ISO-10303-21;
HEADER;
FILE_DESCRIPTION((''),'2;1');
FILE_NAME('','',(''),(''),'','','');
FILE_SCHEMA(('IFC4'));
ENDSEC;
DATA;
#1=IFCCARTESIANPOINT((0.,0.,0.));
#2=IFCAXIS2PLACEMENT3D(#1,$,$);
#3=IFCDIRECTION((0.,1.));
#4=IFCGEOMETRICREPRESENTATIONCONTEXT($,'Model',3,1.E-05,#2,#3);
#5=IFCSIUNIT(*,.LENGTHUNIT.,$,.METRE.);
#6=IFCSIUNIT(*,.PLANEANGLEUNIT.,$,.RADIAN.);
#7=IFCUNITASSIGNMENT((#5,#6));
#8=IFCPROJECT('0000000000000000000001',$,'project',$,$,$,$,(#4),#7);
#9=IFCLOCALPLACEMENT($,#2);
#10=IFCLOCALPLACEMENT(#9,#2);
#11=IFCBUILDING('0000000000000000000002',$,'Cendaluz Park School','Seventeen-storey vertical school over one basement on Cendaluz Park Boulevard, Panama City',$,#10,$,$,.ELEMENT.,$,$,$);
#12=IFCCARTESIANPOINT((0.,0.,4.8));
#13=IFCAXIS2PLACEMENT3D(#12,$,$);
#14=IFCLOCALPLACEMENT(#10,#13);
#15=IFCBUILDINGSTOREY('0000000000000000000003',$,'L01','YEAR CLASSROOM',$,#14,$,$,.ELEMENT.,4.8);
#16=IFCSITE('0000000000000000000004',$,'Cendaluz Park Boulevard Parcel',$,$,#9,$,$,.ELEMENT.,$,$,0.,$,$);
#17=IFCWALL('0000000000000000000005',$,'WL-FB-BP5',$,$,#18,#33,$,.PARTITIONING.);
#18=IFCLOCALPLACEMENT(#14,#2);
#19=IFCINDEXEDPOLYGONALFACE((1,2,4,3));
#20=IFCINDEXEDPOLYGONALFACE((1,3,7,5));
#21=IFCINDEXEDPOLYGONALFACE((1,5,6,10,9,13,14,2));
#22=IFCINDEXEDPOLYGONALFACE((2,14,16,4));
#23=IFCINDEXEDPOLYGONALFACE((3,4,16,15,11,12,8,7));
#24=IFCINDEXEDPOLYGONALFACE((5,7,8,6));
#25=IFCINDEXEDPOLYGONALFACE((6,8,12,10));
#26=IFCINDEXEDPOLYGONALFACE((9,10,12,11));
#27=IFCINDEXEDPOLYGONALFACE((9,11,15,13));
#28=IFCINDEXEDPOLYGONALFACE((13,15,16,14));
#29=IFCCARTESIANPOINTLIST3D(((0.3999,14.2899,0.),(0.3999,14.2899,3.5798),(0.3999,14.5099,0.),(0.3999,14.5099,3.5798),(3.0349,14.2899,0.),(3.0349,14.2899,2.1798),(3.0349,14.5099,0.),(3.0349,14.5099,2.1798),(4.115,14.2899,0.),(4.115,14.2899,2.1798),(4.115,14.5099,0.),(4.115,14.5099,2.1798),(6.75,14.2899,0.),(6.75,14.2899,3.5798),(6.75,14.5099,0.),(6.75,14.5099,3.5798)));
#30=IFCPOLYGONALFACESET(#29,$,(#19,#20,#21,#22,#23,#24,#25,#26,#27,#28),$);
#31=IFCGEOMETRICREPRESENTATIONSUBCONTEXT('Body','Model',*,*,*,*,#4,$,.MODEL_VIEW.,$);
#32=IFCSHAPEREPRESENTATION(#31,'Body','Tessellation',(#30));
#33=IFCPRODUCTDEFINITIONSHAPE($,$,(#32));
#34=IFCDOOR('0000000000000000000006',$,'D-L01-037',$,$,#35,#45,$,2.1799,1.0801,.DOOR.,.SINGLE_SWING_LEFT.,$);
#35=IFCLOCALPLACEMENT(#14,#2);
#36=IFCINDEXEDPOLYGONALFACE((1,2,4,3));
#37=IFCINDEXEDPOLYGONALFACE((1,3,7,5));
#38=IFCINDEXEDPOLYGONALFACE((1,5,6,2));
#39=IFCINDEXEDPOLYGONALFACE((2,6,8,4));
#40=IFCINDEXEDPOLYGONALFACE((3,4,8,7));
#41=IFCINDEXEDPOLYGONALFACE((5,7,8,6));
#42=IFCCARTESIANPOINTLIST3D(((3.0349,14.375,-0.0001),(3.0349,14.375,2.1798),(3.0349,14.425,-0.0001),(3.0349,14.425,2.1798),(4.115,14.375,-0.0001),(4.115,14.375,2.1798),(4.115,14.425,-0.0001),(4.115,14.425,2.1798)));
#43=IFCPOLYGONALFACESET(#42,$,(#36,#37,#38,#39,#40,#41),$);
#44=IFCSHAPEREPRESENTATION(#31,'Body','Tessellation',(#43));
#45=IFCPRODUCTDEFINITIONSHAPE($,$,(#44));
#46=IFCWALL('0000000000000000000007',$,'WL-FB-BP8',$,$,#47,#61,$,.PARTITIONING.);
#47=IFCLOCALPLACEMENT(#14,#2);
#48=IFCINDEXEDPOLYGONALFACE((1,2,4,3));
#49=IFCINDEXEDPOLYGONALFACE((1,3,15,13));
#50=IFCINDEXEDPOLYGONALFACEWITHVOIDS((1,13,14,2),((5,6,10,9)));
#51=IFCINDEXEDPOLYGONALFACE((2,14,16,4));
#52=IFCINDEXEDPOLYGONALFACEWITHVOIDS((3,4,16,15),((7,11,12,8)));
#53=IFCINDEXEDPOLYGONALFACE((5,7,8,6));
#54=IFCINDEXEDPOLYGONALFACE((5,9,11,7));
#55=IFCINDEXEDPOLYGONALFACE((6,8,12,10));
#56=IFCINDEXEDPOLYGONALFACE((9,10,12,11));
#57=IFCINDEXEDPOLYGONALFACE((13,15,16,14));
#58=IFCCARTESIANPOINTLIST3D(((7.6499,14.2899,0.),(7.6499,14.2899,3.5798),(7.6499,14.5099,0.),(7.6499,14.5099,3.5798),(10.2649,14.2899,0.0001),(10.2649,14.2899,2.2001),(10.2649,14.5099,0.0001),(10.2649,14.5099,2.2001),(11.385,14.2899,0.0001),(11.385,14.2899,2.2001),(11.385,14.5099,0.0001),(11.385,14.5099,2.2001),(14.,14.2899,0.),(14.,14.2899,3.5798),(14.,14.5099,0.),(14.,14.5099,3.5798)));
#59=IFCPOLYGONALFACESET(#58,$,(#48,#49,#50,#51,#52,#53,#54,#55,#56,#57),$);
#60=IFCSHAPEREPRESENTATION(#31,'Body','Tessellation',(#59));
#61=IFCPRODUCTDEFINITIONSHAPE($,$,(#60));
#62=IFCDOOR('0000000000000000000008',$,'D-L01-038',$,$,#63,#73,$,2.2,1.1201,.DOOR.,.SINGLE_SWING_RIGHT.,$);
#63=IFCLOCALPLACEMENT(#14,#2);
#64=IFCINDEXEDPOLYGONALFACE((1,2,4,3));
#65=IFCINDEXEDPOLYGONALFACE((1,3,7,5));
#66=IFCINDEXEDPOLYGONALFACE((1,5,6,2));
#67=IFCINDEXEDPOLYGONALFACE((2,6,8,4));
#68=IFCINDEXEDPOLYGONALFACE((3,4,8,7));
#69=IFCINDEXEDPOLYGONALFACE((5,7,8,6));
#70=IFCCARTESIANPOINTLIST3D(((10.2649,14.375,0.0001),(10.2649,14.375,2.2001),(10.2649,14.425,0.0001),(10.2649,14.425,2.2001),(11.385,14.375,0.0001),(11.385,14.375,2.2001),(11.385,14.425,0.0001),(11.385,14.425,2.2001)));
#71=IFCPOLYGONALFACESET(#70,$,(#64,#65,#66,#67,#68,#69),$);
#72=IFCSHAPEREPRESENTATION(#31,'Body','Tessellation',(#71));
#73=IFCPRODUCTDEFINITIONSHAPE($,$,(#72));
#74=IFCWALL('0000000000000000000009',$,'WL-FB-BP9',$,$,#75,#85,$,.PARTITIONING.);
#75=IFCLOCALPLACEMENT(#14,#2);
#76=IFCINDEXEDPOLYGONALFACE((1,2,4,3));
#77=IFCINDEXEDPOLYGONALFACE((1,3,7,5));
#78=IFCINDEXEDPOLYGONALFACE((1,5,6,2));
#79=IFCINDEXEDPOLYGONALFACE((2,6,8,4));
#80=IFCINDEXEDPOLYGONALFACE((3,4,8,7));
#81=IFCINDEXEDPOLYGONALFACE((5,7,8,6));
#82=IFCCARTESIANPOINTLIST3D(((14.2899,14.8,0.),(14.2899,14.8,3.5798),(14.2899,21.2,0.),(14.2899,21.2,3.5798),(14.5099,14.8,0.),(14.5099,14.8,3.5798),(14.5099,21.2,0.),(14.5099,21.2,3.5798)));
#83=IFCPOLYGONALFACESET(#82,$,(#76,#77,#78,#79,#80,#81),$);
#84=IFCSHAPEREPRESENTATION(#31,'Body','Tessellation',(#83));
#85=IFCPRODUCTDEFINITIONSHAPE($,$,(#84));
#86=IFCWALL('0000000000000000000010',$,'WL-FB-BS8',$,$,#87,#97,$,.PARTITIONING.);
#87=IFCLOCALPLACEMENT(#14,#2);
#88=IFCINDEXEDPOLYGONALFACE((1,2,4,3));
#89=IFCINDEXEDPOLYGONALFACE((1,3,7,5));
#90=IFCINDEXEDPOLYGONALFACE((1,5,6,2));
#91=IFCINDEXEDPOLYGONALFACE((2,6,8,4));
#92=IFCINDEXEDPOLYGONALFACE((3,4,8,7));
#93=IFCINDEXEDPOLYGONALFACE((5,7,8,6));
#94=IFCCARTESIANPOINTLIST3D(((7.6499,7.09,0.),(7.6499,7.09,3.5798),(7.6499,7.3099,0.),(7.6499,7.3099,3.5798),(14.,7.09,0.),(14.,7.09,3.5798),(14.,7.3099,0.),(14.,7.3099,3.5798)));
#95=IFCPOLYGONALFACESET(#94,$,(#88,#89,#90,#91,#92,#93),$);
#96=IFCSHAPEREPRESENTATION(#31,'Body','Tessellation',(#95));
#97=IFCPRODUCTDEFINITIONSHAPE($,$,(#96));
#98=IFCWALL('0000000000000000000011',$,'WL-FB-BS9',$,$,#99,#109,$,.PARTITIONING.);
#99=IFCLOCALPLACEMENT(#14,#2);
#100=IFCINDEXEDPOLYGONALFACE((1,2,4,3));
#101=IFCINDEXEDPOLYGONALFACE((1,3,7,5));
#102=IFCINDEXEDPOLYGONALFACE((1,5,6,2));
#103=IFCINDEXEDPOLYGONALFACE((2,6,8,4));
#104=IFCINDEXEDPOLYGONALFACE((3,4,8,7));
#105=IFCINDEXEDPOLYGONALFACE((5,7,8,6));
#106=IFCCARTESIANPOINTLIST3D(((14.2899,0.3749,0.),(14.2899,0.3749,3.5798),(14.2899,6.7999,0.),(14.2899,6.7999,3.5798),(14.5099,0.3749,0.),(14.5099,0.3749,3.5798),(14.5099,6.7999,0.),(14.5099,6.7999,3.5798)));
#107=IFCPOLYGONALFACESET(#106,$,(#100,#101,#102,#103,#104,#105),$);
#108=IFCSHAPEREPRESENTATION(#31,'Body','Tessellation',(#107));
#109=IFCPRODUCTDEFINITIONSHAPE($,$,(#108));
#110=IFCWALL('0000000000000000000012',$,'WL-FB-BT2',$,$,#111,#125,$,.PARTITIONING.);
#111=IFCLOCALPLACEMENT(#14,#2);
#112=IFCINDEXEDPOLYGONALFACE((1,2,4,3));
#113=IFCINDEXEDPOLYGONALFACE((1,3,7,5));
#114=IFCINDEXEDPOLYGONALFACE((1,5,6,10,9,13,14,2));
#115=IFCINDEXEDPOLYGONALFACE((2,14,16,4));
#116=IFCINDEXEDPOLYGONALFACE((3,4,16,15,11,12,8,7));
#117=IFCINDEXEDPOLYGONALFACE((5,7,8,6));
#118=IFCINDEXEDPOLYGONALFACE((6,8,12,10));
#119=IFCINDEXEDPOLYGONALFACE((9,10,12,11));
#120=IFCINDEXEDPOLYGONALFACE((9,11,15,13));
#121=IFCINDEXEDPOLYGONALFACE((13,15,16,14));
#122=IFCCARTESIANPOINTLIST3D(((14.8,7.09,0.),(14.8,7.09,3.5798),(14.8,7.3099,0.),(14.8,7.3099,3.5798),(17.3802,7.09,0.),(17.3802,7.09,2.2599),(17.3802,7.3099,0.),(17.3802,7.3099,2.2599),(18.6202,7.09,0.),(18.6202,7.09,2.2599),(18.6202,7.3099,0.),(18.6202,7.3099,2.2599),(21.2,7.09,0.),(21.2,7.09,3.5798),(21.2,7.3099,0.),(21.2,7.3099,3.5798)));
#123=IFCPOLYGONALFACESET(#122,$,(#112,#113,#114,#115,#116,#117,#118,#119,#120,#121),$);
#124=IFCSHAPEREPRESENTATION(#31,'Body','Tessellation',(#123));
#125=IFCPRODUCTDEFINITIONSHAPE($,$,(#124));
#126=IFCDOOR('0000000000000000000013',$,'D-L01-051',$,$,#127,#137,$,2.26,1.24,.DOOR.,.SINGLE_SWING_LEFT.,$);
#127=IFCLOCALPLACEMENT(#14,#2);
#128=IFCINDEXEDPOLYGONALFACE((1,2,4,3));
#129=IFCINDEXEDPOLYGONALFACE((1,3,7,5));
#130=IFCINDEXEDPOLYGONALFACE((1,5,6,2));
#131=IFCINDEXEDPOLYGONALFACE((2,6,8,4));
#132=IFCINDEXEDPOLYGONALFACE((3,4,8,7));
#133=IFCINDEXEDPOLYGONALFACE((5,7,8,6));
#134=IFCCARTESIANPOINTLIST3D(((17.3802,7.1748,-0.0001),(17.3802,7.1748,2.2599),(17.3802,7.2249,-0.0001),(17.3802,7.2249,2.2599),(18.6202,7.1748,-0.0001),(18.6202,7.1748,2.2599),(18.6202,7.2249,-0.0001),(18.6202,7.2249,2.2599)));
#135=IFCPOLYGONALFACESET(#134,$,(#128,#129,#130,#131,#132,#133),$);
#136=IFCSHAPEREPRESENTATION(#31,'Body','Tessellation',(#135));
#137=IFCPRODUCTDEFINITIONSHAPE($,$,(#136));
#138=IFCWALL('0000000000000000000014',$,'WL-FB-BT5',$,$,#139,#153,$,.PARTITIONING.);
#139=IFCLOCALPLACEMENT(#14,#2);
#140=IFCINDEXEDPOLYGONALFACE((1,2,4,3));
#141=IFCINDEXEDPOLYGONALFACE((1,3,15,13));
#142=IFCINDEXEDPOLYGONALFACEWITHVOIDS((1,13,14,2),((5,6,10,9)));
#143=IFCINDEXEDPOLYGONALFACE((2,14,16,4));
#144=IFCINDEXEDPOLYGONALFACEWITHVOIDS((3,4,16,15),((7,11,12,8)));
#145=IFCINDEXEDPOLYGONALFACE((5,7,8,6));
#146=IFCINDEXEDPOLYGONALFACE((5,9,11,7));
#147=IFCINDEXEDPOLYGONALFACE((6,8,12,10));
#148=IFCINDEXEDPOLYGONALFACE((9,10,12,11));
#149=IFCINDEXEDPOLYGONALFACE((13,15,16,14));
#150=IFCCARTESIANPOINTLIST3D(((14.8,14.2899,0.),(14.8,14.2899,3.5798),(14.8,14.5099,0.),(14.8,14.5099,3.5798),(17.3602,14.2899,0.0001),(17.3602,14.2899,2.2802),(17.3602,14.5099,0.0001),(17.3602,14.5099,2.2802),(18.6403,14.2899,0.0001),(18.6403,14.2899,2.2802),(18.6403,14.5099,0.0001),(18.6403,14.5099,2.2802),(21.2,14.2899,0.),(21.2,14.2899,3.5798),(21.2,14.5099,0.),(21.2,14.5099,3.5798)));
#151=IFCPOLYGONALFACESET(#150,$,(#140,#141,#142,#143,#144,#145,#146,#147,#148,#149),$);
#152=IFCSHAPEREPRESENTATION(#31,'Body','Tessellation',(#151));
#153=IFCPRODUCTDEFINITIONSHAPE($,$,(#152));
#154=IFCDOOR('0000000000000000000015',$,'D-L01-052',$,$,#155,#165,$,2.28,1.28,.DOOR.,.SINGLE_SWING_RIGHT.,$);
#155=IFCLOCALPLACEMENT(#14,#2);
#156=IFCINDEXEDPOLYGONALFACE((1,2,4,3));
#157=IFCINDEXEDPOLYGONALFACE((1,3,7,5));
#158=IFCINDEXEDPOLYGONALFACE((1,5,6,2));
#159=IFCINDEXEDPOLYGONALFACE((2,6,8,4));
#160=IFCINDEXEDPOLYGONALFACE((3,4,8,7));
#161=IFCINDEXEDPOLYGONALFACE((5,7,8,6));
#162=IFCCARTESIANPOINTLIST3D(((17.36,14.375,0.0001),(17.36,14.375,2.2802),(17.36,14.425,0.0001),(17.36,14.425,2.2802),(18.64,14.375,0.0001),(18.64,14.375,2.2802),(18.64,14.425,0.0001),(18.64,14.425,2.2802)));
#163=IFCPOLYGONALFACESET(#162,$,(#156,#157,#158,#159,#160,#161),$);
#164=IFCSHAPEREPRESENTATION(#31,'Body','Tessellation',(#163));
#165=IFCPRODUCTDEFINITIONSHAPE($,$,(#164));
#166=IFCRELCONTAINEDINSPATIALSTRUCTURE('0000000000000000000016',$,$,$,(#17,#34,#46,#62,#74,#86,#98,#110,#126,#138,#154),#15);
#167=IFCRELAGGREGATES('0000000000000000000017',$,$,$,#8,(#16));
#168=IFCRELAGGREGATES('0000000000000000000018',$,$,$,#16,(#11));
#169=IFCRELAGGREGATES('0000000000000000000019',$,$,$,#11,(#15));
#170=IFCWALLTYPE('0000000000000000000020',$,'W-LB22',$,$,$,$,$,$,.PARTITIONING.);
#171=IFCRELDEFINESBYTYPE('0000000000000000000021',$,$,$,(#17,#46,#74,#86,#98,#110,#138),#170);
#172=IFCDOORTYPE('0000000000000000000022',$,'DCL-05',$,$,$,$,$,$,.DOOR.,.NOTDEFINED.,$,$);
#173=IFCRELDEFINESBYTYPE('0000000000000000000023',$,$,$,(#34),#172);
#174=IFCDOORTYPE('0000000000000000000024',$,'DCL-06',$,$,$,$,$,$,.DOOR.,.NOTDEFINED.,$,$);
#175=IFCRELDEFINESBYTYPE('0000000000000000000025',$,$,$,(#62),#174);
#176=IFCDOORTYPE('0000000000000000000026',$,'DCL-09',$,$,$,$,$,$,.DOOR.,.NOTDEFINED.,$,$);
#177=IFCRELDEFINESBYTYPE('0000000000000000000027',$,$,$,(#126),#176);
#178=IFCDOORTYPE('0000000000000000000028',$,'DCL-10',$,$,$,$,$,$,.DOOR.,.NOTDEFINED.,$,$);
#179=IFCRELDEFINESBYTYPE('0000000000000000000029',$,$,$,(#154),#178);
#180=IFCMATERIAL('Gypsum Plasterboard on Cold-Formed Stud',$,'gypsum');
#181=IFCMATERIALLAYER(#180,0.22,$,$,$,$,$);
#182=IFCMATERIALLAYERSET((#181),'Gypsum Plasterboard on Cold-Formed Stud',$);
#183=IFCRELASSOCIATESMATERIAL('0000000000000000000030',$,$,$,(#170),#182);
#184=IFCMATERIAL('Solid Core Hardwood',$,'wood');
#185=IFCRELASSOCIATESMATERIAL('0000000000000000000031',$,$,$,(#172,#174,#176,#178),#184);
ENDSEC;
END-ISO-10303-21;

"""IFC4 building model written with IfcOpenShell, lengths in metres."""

from ifc_helpers import new_model, si_unit, direction, frame, frame_2d, origin, place, context, subcontext, project, spatial, rectangle, extrude, material, layer, layer_set, type_object, element, fill, save


model = new_model("IFC4")

# Units and contexts
model_context = context("Model", 3, precision=1e-05, world=origin(), true_north=direction((0.0, 1.0)))
body_context = subcontext(model_context, "Body", "Model", "MODEL_VIEW")
ifc_project = project(units=[si_unit("LENGTHUNIT", "METRE"), si_unit("PLANEANGLEUNIT", "RADIAN")], contexts=[model_context])

# Site, building, storey
site_placement = place(None, origin())
site = spatial("IfcSite", under=ifc_project, at=site_placement, Name="Cendaluz Park Boulevard Parcel", CompositionType="ELEMENT", RefElevation=0.0)
building_placement = place(site_placement, origin())
building = spatial("IfcBuilding", under=site, at=building_placement, Name="Cendaluz Park School", Description="Seventeen-storey vertical school over one basement on Cendaluz Park Boulevard, Panama City", CompositionType="ELEMENT")
storey_placement = place(building_placement, frame((0.0, 0.0, 4.8)))
storey = spatial("IfcBuildingStorey", under=building, at=storey_placement, Name="L01", Description="YEAR CLASSROOM", CompositionType="ELEMENT", Elevation=4.8)

# Walls, openings, doors
ifc_material_1 = material(Name="Gypsum Plasterboard on Cold-Formed Stud", Category="gypsum")
ifc_layer = layer(ifc_material_1, 0.22)
ifc_layer_set = layer_set([ifc_layer], Name="Gypsum Plasterboard on Cold-Formed Stud")
wall_type = type_object("IfcWallType", Name="W-LB22", PredefinedType="PARTITIONING", material=ifc_layer_set)
wall_1_placement = place(storey_placement, frame((0.3999, 14.3999, 0.0), z_axis=(0.0, 0.0, 1.0), x_axis=(1.0, 0.0, 0.0)))
wall_1 = element("IfcWall", 1, at=wall_1_placement, inside=storey, type_object=wall_type, Name="WL-FB-BP5", PredefinedType="PARTITIONING", context=body_context, shape_type="SweptSolid", body=[
    extrude(rectangle(XDim=6.3501, YDim=0.22, at=frame_2d((3.175, 0.0))), origin(), (0.0, 0.0, 1.0), 3.5798),
])
opening_1_placement = place(wall_1_placement, frame((2.635, 0.0, 0.0)))
opening_1 = element("IfcOpeningElement", 2, at=opening_1_placement, cuts=wall_1, PredefinedType="OPENING", context=body_context, shape_type="SweptSolid", body=[
    extrude(rectangle(XDim=1.0801, YDim=2.1799, at=frame_2d((0.54, 1.0898))), frame((0.0, 0.1221, 0.0), z_axis=(0.0, -1.0, 0.0), x_axis=(1.0, 0.0, 0.0)), (0.0, 0.0, 1.0), 0.2439),
])
ifc_material_2 = material(Name="Solid Core Hardwood", Category="wood")
door_type_1 = type_object("IfcDoorType", Name="DCL-05", OperationType="NOTDEFINED", PredefinedType="DOOR", material=ifc_material_2)
door_1_placement = place(opening_1_placement, frame((1.0801, 0.0, 0.0), z_axis=(0.0, 0.0, 1.0), x_axis=(-1.0, 0.0, 0.0)))
door_1 = element("IfcDoor", 3, at=door_1_placement, inside=storey, type_object=door_type_1, Name="D-L01-037", OperationType="SINGLE_SWING_LEFT", OverallHeight=2.1799, OverallWidth=1.0801, PredefinedType="DOOR", context=body_context, shape_type="SweptSolid", body=[
    extrude(rectangle(XDim=1.0801, YDim=2.1799, at=frame_2d((0.54, 1.0898))), frame((0.0, 0.0249, 0.0), z_axis=(0.0, -1.0, 0.0), x_axis=(1.0, 0.0, 0.0)), (0.0, 0.0, 1.0), 0.05),
])
fill(opening_1, door_1)
wall_2_placement = place(storey_placement, frame((7.6499, 14.3999, 0.0), z_axis=(0.0, 0.0, 1.0), x_axis=(1.0, 0.0, 0.0)))
wall_2 = element("IfcWall", 4, at=wall_2_placement, inside=storey, type_object=wall_type, Name="WL-FB-BP8", PredefinedType="PARTITIONING", context=body_context, shape_type="SweptSolid", body=[
    extrude(rectangle(XDim=6.3501, YDim=0.22, at=frame_2d((3.175, 0.0))), origin(), (0.0, 0.0, 1.0), 3.5798),
])
opening_2_placement = place(wall_2_placement, frame((2.615, 0.0, 0.0)))
opening_2 = element("IfcOpeningElement", 5, at=opening_2_placement, cuts=wall_2, PredefinedType="OPENING", context=body_context, shape_type="SweptSolid", body=[
    extrude(rectangle(XDim=1.1201, YDim=2.2, at=frame_2d((0.5601, 1.1001))), frame((0.0, 0.1221, 0.0), z_axis=(0.0, -1.0, 0.0), x_axis=(1.0, 0.0, 0.0)), (0.0, 0.0, 1.0), 0.2439),
])
door_type_2 = type_object("IfcDoorType", Name="DCL-06", OperationType="NOTDEFINED", PredefinedType="DOOR", material=ifc_material_2)
door_2_placement = place(opening_2_placement, frame((1.1201, 0.0, 0.0), z_axis=(0.0, 0.0, 1.0), x_axis=(-1.0, 0.0, 0.0)))
door_2 = element("IfcDoor", 6, at=door_2_placement, inside=storey, type_object=door_type_2, Name="D-L01-038", OperationType="SINGLE_SWING_RIGHT", OverallHeight=2.2, OverallWidth=1.1201, PredefinedType="DOOR", context=body_context, shape_type="SweptSolid", body=[
    extrude(rectangle(XDim=1.1201, YDim=2.2, at=frame_2d((0.5601, 1.1001))), frame((0.0, 0.0249, 0.0), z_axis=(0.0, -1.0, 0.0), x_axis=(1.0, 0.0, 0.0)), (0.0, 0.0, 1.0), 0.05),
])
fill(opening_2, door_2)

# Walls
wall_3_placement = place(storey_placement, frame((14.3999, 14.8, 0.0), z_axis=(0.0, 0.0, 1.0), x_axis=(0.0, 1.0, 0.0)))
element("IfcWall", 7, at=wall_3_placement, inside=storey, type_object=wall_type, Name="WL-FB-BP9", PredefinedType="PARTITIONING", context=body_context, shape_type="SweptSolid", body=[
    extrude(rectangle(XDim=6.3999, YDim=0.22, at=frame_2d((3.2, 0.0))), origin(), (0.0, 0.0, 1.0), 3.5798),
])
wall_4_placement = place(storey_placement, frame((7.6499, 7.2, 0.0), z_axis=(0.0, 0.0, 1.0), x_axis=(1.0, 0.0, 0.0)))
element("IfcWall", 8, at=wall_4_placement, inside=storey, type_object=wall_type, Name="WL-FB-BS8", PredefinedType="PARTITIONING", context=body_context, shape_type="SweptSolid", body=[
    extrude(rectangle(XDim=6.3501, YDim=0.22, at=frame_2d((3.175, 0.0))), origin(), (0.0, 0.0, 1.0), 3.5798),
])
wall_5_placement = place(storey_placement, frame((14.3999, 0.375, 0.0), z_axis=(0.0, 0.0, 1.0), x_axis=(0.0, 1.0, 0.0)))
element("IfcWall", 9, at=wall_5_placement, inside=storey, type_object=wall_type, Name="WL-FB-BS9", PredefinedType="PARTITIONING", context=body_context, shape_type="SweptSolid", body=[
    extrude(rectangle(XDim=6.425, YDim=0.22, at=frame_2d((3.2124, 0.0))), origin(), (0.0, 0.0, 1.0), 3.5798),
])

# Walls, openings, doors
wall_6_placement = place(storey_placement, frame((14.8, 7.2, 0.0), z_axis=(0.0, 0.0, 1.0), x_axis=(1.0, 0.0, 0.0)))
wall_6 = element("IfcWall", 10, at=wall_6_placement, inside=storey, type_object=wall_type, Name="WL-FB-BT2", PredefinedType="PARTITIONING", context=body_context, shape_type="SweptSolid", body=[
    extrude(rectangle(XDim=6.3999, YDim=0.22, at=frame_2d((3.2, 0.0))), origin(), (0.0, 0.0, 1.0), 3.5798),
])
opening_3_placement = place(wall_6_placement, frame((2.5801, 0.0, 0.0)))
opening_3 = element("IfcOpeningElement", 11, at=opening_3_placement, cuts=wall_6, PredefinedType="OPENING", context=body_context, shape_type="SweptSolid", body=[
    extrude(rectangle(XDim=1.24, YDim=2.26, at=frame_2d((0.6201, 1.1299))), frame((0.0, 0.1221, 0.0), z_axis=(0.0, -1.0, 0.0), x_axis=(1.0, 0.0, 0.0)), (0.0, 0.0, 1.0), 0.2439),
])
door_type_3 = type_object("IfcDoorType", Name="DCL-09", OperationType="NOTDEFINED", PredefinedType="DOOR", material=ifc_material_2)
door_3_placement = place(opening_3_placement, origin())
door_3 = element("IfcDoor", 12, at=door_3_placement, inside=storey, type_object=door_type_3, Name="D-L01-051", OperationType="SINGLE_SWING_LEFT", OverallHeight=2.26, OverallWidth=1.24, PredefinedType="DOOR", context=body_context, shape_type="SweptSolid", body=[
    extrude(rectangle(XDim=1.24, YDim=2.26, at=frame_2d((0.6201, 1.1299))), frame((0.0, 0.0249, 0.0), z_axis=(0.0, -1.0, 0.0), x_axis=(1.0, 0.0, 0.0)), (0.0, 0.0, 1.0), 0.05),
])
fill(opening_3, door_3)
wall_7_placement = place(storey_placement, frame((14.8, 14.3999, 0.0), z_axis=(0.0, 0.0, 1.0), x_axis=(1.0, 0.0, 0.0)))
wall_7 = element("IfcWall", 13, at=wall_7_placement, inside=storey, type_object=wall_type, Name="WL-FB-BT5", PredefinedType="PARTITIONING", context=body_context, shape_type="SweptSolid", body=[
    extrude(rectangle(XDim=6.3999, YDim=0.22, at=frame_2d((3.2, 0.0))), origin(), (0.0, 0.0, 1.0), 3.5798),
])
opening_4_placement = place(wall_7_placement, frame((2.5601, 0.0, 0.0)))
opening_4 = element("IfcOpeningElement", 14, at=opening_4_placement, cuts=wall_7, PredefinedType="OPENING", context=body_context, shape_type="SweptSolid", body=[
    extrude(rectangle(XDim=1.28, YDim=2.28, at=frame_2d((0.6401, 1.1401))), frame((0.0, 0.1221, 0.0), z_axis=(0.0, -1.0, 0.0), x_axis=(1.0, 0.0, 0.0)), (0.0, 0.0, 1.0), 0.2439),
])
door_type_4 = type_object("IfcDoorType", Name="DCL-10", OperationType="NOTDEFINED", PredefinedType="DOOR", material=ifc_material_2)
door_4_placement = place(opening_4_placement, frame((1.28, 0.0, 0.0), z_axis=(0.0, 0.0, 1.0), x_axis=(-1.0, 0.0, 0.0)))
door_4 = element("IfcDoor", 15, at=door_4_placement, inside=storey, type_object=door_type_4, Name="D-L01-052", OperationType="SINGLE_SWING_RIGHT", OverallHeight=2.28, OverallWidth=1.28, PredefinedType="DOOR", context=body_context, shape_type="SweptSolid", body=[
    extrude(rectangle(XDim=1.28, YDim=2.28, at=frame_2d((0.6401, 1.1401))), frame((0.0, 0.0249, 0.0), z_axis=(0.0, -1.0, 0.0), x_axis=(1.0, 0.0, 0.0)), (0.0, 0.0, 1.0), 0.05),
])
fill(opening_4, door_4)

save(model, "model.ifc")
